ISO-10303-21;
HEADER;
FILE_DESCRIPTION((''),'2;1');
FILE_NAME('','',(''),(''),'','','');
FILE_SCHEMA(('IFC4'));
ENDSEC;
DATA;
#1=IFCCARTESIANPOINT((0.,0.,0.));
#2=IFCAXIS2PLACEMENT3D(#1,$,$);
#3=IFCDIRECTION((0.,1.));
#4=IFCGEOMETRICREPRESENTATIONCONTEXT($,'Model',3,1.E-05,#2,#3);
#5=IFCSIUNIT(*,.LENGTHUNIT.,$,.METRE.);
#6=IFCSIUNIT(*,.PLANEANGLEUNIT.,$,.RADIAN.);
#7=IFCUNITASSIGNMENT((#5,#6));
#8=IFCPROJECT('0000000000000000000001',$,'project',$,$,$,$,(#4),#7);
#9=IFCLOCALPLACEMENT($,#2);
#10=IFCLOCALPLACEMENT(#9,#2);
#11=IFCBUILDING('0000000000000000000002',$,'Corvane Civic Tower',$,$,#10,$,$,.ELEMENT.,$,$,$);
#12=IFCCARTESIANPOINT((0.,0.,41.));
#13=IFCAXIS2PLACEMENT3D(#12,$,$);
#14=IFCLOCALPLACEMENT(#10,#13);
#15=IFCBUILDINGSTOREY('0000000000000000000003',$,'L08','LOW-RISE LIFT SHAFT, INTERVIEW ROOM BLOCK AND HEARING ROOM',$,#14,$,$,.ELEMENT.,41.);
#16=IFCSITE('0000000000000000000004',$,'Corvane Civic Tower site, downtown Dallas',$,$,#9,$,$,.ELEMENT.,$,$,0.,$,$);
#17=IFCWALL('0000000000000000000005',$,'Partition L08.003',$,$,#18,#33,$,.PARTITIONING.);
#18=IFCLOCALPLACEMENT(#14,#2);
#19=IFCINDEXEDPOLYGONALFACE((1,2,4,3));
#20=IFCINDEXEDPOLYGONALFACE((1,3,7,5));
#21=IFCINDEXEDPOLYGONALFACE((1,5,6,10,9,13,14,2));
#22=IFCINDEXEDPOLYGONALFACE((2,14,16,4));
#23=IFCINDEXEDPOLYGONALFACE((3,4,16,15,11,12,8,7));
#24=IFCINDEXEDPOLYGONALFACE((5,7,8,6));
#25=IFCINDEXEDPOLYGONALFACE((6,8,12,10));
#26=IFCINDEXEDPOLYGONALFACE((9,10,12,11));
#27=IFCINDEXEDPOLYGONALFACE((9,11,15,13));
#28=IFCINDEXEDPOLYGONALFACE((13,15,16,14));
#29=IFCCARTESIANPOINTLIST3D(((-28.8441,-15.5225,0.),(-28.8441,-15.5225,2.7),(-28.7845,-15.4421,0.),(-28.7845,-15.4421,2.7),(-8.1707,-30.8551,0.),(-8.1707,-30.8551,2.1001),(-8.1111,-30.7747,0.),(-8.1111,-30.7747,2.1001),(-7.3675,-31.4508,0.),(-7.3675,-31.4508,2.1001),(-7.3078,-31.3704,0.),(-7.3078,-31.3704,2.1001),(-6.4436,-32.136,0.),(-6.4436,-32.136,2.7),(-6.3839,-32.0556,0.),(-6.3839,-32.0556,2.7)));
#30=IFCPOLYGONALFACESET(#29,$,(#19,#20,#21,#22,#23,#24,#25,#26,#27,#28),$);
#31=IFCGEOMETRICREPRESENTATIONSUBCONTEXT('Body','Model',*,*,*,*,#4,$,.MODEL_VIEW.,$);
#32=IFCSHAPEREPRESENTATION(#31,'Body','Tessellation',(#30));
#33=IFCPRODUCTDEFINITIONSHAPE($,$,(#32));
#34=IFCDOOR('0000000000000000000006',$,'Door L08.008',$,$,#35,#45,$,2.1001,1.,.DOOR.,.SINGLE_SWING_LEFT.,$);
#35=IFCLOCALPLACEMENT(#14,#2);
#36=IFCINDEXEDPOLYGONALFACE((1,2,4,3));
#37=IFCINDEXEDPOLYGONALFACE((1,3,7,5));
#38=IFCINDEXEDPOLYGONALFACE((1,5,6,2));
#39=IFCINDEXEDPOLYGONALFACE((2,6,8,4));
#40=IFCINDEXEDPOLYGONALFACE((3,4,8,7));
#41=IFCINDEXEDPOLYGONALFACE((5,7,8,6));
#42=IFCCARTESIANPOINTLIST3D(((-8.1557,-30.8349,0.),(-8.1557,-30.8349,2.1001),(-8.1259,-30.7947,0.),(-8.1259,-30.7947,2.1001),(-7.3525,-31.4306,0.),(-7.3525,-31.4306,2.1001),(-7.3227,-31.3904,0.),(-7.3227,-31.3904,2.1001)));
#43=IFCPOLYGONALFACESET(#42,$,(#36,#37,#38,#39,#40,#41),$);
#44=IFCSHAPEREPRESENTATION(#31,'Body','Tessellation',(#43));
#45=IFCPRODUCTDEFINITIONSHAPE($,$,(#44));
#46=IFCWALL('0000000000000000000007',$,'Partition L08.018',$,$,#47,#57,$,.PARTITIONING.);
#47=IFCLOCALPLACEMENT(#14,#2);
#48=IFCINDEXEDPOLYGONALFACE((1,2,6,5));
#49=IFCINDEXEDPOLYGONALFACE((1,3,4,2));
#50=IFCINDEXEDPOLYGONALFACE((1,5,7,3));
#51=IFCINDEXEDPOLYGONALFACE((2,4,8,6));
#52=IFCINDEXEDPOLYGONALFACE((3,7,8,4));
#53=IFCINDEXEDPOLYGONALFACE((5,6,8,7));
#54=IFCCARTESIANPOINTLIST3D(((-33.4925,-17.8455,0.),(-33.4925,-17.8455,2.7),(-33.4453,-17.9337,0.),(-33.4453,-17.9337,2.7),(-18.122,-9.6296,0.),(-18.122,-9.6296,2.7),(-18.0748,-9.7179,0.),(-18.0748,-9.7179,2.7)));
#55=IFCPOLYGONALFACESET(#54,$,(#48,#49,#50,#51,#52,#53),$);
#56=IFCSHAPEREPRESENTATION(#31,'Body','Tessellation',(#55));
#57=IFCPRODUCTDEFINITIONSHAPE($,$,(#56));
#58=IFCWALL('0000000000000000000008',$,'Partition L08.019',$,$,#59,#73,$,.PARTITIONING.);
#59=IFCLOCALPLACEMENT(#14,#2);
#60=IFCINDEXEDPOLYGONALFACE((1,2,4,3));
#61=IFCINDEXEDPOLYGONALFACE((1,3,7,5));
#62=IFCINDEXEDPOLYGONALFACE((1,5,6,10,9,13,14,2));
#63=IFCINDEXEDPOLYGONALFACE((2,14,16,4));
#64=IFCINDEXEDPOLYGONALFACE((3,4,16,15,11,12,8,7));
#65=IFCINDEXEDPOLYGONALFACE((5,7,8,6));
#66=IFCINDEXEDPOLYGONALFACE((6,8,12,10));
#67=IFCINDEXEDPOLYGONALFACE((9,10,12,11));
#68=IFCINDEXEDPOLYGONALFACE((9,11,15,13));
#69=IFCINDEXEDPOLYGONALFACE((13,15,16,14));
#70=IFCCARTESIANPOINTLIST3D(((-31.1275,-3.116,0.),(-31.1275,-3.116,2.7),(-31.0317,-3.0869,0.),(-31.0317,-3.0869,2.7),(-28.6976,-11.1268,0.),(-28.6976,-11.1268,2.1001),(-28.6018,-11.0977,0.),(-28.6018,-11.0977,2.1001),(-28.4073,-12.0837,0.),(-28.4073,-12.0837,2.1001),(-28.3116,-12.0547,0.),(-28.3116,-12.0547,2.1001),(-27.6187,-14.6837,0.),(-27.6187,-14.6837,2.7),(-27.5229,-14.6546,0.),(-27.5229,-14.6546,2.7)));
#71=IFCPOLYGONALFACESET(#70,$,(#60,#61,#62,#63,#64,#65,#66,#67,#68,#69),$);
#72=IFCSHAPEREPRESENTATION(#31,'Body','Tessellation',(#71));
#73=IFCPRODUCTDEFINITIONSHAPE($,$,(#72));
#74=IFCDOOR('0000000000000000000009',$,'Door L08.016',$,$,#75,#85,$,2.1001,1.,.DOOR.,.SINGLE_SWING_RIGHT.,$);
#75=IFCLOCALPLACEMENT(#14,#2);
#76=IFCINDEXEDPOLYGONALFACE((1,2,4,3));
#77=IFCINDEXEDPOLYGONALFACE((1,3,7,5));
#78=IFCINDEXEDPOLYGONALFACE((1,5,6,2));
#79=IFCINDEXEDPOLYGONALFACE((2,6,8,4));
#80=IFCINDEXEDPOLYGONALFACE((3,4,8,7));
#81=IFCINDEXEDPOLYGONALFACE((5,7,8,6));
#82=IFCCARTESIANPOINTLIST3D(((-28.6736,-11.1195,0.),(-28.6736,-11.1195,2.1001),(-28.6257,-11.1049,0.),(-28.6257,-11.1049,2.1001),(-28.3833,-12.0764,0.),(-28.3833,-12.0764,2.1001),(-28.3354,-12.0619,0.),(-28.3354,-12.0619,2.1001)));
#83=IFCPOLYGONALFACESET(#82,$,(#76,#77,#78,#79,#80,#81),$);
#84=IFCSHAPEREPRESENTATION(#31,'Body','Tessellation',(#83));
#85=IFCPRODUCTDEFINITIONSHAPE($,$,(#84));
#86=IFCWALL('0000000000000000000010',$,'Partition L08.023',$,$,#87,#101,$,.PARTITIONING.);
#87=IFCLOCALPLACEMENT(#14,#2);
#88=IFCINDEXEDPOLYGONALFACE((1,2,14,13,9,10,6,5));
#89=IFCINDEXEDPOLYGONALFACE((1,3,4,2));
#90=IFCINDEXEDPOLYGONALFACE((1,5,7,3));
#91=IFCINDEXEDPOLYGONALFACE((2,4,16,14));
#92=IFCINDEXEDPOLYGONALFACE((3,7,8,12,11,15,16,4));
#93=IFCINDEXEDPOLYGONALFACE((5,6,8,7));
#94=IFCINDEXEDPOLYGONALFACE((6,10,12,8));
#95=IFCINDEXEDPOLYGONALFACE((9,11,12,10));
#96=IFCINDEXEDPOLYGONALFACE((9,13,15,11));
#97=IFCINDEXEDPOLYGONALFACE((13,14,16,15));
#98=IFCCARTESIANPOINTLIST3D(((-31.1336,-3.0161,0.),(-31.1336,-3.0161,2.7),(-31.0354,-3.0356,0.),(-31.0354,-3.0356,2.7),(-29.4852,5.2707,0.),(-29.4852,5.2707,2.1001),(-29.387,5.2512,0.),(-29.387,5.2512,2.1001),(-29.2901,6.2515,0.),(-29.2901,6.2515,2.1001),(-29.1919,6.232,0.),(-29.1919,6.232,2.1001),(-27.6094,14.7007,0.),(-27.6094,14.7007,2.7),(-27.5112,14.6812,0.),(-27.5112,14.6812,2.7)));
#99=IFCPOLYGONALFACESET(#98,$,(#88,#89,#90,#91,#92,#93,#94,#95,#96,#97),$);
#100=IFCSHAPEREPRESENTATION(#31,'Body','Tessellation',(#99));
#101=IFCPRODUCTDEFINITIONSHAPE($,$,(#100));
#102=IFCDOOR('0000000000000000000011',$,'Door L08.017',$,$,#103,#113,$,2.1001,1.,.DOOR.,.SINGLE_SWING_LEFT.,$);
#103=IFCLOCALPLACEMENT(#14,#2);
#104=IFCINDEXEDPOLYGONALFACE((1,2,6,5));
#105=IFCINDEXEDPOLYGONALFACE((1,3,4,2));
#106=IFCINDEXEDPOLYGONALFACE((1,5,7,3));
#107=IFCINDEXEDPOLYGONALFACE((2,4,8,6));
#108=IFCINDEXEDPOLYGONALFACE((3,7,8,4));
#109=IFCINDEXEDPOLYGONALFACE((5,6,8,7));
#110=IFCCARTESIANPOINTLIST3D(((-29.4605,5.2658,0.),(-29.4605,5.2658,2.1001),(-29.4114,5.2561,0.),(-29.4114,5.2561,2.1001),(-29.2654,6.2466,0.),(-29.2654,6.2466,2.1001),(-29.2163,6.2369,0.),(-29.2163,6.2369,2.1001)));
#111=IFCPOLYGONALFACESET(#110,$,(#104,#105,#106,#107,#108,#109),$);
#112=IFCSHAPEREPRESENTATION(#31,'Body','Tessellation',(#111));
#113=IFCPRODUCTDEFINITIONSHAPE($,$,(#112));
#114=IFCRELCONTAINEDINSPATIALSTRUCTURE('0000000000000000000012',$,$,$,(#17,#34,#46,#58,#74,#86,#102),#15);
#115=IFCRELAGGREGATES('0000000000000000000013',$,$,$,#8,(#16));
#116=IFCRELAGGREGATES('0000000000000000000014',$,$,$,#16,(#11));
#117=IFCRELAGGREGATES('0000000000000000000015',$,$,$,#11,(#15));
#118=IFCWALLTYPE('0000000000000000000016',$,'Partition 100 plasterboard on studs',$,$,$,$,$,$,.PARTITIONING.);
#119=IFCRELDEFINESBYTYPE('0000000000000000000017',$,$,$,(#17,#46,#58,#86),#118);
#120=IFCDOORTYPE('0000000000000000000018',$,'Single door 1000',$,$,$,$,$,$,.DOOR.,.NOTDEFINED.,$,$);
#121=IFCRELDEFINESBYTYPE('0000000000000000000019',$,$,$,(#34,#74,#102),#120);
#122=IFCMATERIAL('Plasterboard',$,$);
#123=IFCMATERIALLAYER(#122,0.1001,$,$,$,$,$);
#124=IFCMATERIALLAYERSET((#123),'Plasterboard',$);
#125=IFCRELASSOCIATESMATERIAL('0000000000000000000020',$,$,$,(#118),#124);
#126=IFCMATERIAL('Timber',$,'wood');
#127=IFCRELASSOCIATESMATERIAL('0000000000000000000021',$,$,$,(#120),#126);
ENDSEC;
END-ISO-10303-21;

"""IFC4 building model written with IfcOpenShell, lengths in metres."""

from ifc_helpers import new_model, si_unit, direction, frame, frame_2d, origin, place, context, subcontext, project, spatial, rectangle, extrude, material, layer, layer_set, type_object, element, fill, save


model = new_model("IFC4")

# Units and contexts
model_context = context("Model", 3, precision=1e-05, world=origin(), true_north=direction((0.0, 1.0)))
body_context = subcontext(model_context, "Body", "Model", "MODEL_VIEW")
ifc_project = project(units=[si_unit("LENGTHUNIT", "METRE"), si_unit("PLANEANGLEUNIT", "RADIAN")], contexts=[model_context])

# Site, building, storey
site_placement = place(None, origin())
site = spatial("IfcSite", under=ifc_project, at=site_placement, Name="Corvane Civic Tower site, downtown Dallas", CompositionType="ELEMENT", RefElevation=0.0)
building_placement = place(site_placement, origin())
building = spatial("IfcBuilding", under=site, at=building_placement, Name="Corvane Civic Tower", CompositionType="ELEMENT")
storey_placement = place(building_placement, frame((0.0, 0.0, 41.0)))
storey = spatial("IfcBuildingStorey", under=building, at=storey_placement, Name="L08", Description="LOW-RISE LIFT SHAFT, INTERVIEW ROOM BLOCK AND HEARING ROOM", CompositionType="ELEMENT", Elevation=41.0)

# Wall, opening, door
ifc_material_1 = material(Name="Plasterboard")
ifc_layer_1 = layer(ifc_material_1, 0.1001)
ifc_layer_set_1 = layer_set([ifc_layer_1], Name="Plasterboard")
wall_type_1 = type_object("IfcWallType", Name="Partition 100 plasterboard on studs", PredefinedType="PARTITIONING", material=ifc_layer_set_1)
wall_1_placement = place(storey_placement, frame((-28.8142, -15.4824, 0.0), z_axis=(0.0, 0.0, 1.0), x_axis=(0.803206, -0.595701, 0.0)))
wall_1 = element("IfcWall", 1, at=wall_1_placement, inside=storey, type_object=wall_type_1, Name="Partition L08.003", PredefinedType="PARTITIONING", context=body_context, shape_type="SweptSolid", body=[
    extrude(rectangle(XDim=27.8889, YDim=0.1001, at=frame_2d((13.9443, 0.0))), origin(), (0.0, 0.0, 1.0), 2.7),
])
opening_1_placement = place(wall_1_placement, frame((25.7385, 0.0, 0.0)))
opening_1 = element("IfcOpeningElement", 2, at=opening_1_placement, cuts=wall_1, PredefinedType="OPENING", context=body_context, shape_type="SweptSolid", body=[
    extrude(rectangle(XDim=1.0, YDim=2.1001, at=frame_2d((0.5, 1.05))), frame((0.0, 0.0601, 0.0), z_axis=(0.0, -1.0, 0.0), x_axis=(1.0, 0.0, 0.0)), (0.0, 0.0, 1.0), 0.1201),
])
ifc_material_2 = material(Name="Timber", Category="wood")
door_type_1 = type_object("IfcDoorType", Name="Single door 1000", OperationType="NOTDEFINED", PredefinedType="DOOR", material=ifc_material_2)
door_1_placement = place(opening_1_placement, frame((1.0, 0.0, 0.0), z_axis=(0.0, 0.0, 1.0), x_axis=(-1.0, 0.0, 0.0)))
door_1 = element("IfcDoor", 3, at=door_1_placement, inside=storey, type_object=door_type_1, Name="Door L08.008", OperationType="SINGLE_SWING_LEFT", OverallHeight=2.1001, OverallWidth=1.0, PredefinedType="DOOR", context=body_context, shape_type="SweptSolid", body=[
    extrude(rectangle(XDim=1.0, YDim=2.1001, at=frame_2d((0.5, 1.05))), frame((0.0, 0.0249, 0.0), z_axis=(0.0, -1.0, 0.0), x_axis=(1.0, 0.0, 0.0)), (0.0, 0.0, 1.0), 0.05),
])
fill(opening_1, door_1)

# Wall
wall_2_placement = place(storey_placement, frame((-33.469, -17.8896, 0.0), z_axis=(0.0, 0.0, 1.0), x_axis=(0.881917, 0.471405, 0.0)))
element("IfcWall", 4, at=wall_2_placement, inside=storey, type_object=wall_type_1, Name="Partition L08.018", PredefinedType="PARTITIONING", context=body_context, shape_type="SweptSolid", body=[
    extrude(rectangle(XDim=17.4285, YDim=0.1001, at=frame_2d((8.7144, 0.0))), origin(), (0.0, 0.0, 1.0), 2.7),
])

# Walls, openings, doors
wall_3_placement = place(storey_placement, frame((-31.0796, -3.1016, 0.0), z_axis=(0.0, 0.0, 1.0), x_axis=(0.290269, -0.956945, 0.0)))
wall_3 = element("IfcWall", 5, at=wall_3_placement, inside=storey, type_object=wall_type_1, Name="Partition L08.019", PredefinedType="PARTITIONING", context=body_context, shape_type="SweptSolid", body=[
    extrude(rectangle(XDim=12.0881, YDim=0.1001, at=frame_2d((6.0439, 0.0))), origin(), (0.0, 0.0, 1.0), 2.7),
])
opening_2_placement = place(wall_3_placement, frame((8.3711, 0.0, 0.0)))
opening_2 = element("IfcOpeningElement", 6, at=opening_2_placement, cuts=wall_3, PredefinedType="OPENING", context=body_context, shape_type="SweptSolid", body=[
    extrude(rectangle(XDim=1.0, YDim=2.1001, at=frame_2d((0.5, 1.05))), frame((0.0, 0.0601, 0.0), z_axis=(0.0, -1.0, 0.0), x_axis=(1.0, 0.0, 0.0)), (0.0, 0.0, 1.0), 0.1201),
])
door_2_placement = place(opening_2_placement, frame((1.0, 0.0, 0.0), z_axis=(0.0, 0.0, 1.0), x_axis=(-1.0, 0.0, 0.0)))
door_2 = element("IfcDoor", 7, at=door_2_placement, inside=storey, type_object=door_type_1, Name="Door L08.016", OperationType="SINGLE_SWING_RIGHT", OverallHeight=2.1001, OverallWidth=1.0, PredefinedType="DOOR", context=body_context, shape_type="SweptSolid", body=[
    extrude(rectangle(XDim=1.0, YDim=2.1001, at=frame_2d((0.5, 1.05))), frame((0.0, 0.0249, 0.0), z_axis=(0.0, -1.0, 0.0), x_axis=(1.0, 0.0, 0.0)), (0.0, 0.0, 1.0), 0.05),
])
fill(opening_2, door_2)
wall_4_placement = place(storey_placement, frame((-31.0845, -3.0259, 0.0), z_axis=(0.0, 0.0, 1.0), x_axis=(0.195095, 0.980784, 0.0)))
wall_4 = element("IfcWall", 8, at=wall_4_placement, inside=storey, type_object=wall_type_1, Name="Partition L08.023", PredefinedType="PARTITIONING", context=body_context, shape_type="SweptSolid", body=[
    extrude(rectangle(XDim=18.064, YDim=0.1001, at=frame_2d((9.032, 0.0))), origin(), (0.0, 0.0, 1.0), 2.7),
])
opening_3_placement = place(wall_4_placement, frame((8.4492, 0.0, 0.0)))
opening_3 = element("IfcOpeningElement", 9, at=opening_3_placement, cuts=wall_4, PredefinedType="OPENING", context=body_context, shape_type="SweptSolid", body=[
    extrude(rectangle(XDim=1.0, YDim=2.1001, at=frame_2d((0.5, 1.05))), frame((0.0, 0.0601, 0.0), z_axis=(0.0, -1.0, 0.0), x_axis=(1.0, 0.0, 0.0)), (0.0, 0.0, 1.0), 0.1201),
])
door_3_placement = place(opening_3_placement, origin())
door_3 = element("IfcDoor", 10, at=door_3_placement, inside=storey, type_object=door_type_1, Name="Door L08.017", OperationType="SINGLE_SWING_LEFT", OverallHeight=2.1001, OverallWidth=1.0, PredefinedType="DOOR", context=body_context, shape_type="SweptSolid", body=[
    extrude(rectangle(XDim=1.0, YDim=2.1001, at=frame_2d((0.5, 1.05))), frame((0.0, 0.0249, 0.0), z_axis=(0.0, -1.0, 0.0), x_axis=(1.0, 0.0, 0.0)), (0.0, 0.0, 1.0), 0.05),
])
fill(opening_3, door_3)

save(model, "model.ifc")
